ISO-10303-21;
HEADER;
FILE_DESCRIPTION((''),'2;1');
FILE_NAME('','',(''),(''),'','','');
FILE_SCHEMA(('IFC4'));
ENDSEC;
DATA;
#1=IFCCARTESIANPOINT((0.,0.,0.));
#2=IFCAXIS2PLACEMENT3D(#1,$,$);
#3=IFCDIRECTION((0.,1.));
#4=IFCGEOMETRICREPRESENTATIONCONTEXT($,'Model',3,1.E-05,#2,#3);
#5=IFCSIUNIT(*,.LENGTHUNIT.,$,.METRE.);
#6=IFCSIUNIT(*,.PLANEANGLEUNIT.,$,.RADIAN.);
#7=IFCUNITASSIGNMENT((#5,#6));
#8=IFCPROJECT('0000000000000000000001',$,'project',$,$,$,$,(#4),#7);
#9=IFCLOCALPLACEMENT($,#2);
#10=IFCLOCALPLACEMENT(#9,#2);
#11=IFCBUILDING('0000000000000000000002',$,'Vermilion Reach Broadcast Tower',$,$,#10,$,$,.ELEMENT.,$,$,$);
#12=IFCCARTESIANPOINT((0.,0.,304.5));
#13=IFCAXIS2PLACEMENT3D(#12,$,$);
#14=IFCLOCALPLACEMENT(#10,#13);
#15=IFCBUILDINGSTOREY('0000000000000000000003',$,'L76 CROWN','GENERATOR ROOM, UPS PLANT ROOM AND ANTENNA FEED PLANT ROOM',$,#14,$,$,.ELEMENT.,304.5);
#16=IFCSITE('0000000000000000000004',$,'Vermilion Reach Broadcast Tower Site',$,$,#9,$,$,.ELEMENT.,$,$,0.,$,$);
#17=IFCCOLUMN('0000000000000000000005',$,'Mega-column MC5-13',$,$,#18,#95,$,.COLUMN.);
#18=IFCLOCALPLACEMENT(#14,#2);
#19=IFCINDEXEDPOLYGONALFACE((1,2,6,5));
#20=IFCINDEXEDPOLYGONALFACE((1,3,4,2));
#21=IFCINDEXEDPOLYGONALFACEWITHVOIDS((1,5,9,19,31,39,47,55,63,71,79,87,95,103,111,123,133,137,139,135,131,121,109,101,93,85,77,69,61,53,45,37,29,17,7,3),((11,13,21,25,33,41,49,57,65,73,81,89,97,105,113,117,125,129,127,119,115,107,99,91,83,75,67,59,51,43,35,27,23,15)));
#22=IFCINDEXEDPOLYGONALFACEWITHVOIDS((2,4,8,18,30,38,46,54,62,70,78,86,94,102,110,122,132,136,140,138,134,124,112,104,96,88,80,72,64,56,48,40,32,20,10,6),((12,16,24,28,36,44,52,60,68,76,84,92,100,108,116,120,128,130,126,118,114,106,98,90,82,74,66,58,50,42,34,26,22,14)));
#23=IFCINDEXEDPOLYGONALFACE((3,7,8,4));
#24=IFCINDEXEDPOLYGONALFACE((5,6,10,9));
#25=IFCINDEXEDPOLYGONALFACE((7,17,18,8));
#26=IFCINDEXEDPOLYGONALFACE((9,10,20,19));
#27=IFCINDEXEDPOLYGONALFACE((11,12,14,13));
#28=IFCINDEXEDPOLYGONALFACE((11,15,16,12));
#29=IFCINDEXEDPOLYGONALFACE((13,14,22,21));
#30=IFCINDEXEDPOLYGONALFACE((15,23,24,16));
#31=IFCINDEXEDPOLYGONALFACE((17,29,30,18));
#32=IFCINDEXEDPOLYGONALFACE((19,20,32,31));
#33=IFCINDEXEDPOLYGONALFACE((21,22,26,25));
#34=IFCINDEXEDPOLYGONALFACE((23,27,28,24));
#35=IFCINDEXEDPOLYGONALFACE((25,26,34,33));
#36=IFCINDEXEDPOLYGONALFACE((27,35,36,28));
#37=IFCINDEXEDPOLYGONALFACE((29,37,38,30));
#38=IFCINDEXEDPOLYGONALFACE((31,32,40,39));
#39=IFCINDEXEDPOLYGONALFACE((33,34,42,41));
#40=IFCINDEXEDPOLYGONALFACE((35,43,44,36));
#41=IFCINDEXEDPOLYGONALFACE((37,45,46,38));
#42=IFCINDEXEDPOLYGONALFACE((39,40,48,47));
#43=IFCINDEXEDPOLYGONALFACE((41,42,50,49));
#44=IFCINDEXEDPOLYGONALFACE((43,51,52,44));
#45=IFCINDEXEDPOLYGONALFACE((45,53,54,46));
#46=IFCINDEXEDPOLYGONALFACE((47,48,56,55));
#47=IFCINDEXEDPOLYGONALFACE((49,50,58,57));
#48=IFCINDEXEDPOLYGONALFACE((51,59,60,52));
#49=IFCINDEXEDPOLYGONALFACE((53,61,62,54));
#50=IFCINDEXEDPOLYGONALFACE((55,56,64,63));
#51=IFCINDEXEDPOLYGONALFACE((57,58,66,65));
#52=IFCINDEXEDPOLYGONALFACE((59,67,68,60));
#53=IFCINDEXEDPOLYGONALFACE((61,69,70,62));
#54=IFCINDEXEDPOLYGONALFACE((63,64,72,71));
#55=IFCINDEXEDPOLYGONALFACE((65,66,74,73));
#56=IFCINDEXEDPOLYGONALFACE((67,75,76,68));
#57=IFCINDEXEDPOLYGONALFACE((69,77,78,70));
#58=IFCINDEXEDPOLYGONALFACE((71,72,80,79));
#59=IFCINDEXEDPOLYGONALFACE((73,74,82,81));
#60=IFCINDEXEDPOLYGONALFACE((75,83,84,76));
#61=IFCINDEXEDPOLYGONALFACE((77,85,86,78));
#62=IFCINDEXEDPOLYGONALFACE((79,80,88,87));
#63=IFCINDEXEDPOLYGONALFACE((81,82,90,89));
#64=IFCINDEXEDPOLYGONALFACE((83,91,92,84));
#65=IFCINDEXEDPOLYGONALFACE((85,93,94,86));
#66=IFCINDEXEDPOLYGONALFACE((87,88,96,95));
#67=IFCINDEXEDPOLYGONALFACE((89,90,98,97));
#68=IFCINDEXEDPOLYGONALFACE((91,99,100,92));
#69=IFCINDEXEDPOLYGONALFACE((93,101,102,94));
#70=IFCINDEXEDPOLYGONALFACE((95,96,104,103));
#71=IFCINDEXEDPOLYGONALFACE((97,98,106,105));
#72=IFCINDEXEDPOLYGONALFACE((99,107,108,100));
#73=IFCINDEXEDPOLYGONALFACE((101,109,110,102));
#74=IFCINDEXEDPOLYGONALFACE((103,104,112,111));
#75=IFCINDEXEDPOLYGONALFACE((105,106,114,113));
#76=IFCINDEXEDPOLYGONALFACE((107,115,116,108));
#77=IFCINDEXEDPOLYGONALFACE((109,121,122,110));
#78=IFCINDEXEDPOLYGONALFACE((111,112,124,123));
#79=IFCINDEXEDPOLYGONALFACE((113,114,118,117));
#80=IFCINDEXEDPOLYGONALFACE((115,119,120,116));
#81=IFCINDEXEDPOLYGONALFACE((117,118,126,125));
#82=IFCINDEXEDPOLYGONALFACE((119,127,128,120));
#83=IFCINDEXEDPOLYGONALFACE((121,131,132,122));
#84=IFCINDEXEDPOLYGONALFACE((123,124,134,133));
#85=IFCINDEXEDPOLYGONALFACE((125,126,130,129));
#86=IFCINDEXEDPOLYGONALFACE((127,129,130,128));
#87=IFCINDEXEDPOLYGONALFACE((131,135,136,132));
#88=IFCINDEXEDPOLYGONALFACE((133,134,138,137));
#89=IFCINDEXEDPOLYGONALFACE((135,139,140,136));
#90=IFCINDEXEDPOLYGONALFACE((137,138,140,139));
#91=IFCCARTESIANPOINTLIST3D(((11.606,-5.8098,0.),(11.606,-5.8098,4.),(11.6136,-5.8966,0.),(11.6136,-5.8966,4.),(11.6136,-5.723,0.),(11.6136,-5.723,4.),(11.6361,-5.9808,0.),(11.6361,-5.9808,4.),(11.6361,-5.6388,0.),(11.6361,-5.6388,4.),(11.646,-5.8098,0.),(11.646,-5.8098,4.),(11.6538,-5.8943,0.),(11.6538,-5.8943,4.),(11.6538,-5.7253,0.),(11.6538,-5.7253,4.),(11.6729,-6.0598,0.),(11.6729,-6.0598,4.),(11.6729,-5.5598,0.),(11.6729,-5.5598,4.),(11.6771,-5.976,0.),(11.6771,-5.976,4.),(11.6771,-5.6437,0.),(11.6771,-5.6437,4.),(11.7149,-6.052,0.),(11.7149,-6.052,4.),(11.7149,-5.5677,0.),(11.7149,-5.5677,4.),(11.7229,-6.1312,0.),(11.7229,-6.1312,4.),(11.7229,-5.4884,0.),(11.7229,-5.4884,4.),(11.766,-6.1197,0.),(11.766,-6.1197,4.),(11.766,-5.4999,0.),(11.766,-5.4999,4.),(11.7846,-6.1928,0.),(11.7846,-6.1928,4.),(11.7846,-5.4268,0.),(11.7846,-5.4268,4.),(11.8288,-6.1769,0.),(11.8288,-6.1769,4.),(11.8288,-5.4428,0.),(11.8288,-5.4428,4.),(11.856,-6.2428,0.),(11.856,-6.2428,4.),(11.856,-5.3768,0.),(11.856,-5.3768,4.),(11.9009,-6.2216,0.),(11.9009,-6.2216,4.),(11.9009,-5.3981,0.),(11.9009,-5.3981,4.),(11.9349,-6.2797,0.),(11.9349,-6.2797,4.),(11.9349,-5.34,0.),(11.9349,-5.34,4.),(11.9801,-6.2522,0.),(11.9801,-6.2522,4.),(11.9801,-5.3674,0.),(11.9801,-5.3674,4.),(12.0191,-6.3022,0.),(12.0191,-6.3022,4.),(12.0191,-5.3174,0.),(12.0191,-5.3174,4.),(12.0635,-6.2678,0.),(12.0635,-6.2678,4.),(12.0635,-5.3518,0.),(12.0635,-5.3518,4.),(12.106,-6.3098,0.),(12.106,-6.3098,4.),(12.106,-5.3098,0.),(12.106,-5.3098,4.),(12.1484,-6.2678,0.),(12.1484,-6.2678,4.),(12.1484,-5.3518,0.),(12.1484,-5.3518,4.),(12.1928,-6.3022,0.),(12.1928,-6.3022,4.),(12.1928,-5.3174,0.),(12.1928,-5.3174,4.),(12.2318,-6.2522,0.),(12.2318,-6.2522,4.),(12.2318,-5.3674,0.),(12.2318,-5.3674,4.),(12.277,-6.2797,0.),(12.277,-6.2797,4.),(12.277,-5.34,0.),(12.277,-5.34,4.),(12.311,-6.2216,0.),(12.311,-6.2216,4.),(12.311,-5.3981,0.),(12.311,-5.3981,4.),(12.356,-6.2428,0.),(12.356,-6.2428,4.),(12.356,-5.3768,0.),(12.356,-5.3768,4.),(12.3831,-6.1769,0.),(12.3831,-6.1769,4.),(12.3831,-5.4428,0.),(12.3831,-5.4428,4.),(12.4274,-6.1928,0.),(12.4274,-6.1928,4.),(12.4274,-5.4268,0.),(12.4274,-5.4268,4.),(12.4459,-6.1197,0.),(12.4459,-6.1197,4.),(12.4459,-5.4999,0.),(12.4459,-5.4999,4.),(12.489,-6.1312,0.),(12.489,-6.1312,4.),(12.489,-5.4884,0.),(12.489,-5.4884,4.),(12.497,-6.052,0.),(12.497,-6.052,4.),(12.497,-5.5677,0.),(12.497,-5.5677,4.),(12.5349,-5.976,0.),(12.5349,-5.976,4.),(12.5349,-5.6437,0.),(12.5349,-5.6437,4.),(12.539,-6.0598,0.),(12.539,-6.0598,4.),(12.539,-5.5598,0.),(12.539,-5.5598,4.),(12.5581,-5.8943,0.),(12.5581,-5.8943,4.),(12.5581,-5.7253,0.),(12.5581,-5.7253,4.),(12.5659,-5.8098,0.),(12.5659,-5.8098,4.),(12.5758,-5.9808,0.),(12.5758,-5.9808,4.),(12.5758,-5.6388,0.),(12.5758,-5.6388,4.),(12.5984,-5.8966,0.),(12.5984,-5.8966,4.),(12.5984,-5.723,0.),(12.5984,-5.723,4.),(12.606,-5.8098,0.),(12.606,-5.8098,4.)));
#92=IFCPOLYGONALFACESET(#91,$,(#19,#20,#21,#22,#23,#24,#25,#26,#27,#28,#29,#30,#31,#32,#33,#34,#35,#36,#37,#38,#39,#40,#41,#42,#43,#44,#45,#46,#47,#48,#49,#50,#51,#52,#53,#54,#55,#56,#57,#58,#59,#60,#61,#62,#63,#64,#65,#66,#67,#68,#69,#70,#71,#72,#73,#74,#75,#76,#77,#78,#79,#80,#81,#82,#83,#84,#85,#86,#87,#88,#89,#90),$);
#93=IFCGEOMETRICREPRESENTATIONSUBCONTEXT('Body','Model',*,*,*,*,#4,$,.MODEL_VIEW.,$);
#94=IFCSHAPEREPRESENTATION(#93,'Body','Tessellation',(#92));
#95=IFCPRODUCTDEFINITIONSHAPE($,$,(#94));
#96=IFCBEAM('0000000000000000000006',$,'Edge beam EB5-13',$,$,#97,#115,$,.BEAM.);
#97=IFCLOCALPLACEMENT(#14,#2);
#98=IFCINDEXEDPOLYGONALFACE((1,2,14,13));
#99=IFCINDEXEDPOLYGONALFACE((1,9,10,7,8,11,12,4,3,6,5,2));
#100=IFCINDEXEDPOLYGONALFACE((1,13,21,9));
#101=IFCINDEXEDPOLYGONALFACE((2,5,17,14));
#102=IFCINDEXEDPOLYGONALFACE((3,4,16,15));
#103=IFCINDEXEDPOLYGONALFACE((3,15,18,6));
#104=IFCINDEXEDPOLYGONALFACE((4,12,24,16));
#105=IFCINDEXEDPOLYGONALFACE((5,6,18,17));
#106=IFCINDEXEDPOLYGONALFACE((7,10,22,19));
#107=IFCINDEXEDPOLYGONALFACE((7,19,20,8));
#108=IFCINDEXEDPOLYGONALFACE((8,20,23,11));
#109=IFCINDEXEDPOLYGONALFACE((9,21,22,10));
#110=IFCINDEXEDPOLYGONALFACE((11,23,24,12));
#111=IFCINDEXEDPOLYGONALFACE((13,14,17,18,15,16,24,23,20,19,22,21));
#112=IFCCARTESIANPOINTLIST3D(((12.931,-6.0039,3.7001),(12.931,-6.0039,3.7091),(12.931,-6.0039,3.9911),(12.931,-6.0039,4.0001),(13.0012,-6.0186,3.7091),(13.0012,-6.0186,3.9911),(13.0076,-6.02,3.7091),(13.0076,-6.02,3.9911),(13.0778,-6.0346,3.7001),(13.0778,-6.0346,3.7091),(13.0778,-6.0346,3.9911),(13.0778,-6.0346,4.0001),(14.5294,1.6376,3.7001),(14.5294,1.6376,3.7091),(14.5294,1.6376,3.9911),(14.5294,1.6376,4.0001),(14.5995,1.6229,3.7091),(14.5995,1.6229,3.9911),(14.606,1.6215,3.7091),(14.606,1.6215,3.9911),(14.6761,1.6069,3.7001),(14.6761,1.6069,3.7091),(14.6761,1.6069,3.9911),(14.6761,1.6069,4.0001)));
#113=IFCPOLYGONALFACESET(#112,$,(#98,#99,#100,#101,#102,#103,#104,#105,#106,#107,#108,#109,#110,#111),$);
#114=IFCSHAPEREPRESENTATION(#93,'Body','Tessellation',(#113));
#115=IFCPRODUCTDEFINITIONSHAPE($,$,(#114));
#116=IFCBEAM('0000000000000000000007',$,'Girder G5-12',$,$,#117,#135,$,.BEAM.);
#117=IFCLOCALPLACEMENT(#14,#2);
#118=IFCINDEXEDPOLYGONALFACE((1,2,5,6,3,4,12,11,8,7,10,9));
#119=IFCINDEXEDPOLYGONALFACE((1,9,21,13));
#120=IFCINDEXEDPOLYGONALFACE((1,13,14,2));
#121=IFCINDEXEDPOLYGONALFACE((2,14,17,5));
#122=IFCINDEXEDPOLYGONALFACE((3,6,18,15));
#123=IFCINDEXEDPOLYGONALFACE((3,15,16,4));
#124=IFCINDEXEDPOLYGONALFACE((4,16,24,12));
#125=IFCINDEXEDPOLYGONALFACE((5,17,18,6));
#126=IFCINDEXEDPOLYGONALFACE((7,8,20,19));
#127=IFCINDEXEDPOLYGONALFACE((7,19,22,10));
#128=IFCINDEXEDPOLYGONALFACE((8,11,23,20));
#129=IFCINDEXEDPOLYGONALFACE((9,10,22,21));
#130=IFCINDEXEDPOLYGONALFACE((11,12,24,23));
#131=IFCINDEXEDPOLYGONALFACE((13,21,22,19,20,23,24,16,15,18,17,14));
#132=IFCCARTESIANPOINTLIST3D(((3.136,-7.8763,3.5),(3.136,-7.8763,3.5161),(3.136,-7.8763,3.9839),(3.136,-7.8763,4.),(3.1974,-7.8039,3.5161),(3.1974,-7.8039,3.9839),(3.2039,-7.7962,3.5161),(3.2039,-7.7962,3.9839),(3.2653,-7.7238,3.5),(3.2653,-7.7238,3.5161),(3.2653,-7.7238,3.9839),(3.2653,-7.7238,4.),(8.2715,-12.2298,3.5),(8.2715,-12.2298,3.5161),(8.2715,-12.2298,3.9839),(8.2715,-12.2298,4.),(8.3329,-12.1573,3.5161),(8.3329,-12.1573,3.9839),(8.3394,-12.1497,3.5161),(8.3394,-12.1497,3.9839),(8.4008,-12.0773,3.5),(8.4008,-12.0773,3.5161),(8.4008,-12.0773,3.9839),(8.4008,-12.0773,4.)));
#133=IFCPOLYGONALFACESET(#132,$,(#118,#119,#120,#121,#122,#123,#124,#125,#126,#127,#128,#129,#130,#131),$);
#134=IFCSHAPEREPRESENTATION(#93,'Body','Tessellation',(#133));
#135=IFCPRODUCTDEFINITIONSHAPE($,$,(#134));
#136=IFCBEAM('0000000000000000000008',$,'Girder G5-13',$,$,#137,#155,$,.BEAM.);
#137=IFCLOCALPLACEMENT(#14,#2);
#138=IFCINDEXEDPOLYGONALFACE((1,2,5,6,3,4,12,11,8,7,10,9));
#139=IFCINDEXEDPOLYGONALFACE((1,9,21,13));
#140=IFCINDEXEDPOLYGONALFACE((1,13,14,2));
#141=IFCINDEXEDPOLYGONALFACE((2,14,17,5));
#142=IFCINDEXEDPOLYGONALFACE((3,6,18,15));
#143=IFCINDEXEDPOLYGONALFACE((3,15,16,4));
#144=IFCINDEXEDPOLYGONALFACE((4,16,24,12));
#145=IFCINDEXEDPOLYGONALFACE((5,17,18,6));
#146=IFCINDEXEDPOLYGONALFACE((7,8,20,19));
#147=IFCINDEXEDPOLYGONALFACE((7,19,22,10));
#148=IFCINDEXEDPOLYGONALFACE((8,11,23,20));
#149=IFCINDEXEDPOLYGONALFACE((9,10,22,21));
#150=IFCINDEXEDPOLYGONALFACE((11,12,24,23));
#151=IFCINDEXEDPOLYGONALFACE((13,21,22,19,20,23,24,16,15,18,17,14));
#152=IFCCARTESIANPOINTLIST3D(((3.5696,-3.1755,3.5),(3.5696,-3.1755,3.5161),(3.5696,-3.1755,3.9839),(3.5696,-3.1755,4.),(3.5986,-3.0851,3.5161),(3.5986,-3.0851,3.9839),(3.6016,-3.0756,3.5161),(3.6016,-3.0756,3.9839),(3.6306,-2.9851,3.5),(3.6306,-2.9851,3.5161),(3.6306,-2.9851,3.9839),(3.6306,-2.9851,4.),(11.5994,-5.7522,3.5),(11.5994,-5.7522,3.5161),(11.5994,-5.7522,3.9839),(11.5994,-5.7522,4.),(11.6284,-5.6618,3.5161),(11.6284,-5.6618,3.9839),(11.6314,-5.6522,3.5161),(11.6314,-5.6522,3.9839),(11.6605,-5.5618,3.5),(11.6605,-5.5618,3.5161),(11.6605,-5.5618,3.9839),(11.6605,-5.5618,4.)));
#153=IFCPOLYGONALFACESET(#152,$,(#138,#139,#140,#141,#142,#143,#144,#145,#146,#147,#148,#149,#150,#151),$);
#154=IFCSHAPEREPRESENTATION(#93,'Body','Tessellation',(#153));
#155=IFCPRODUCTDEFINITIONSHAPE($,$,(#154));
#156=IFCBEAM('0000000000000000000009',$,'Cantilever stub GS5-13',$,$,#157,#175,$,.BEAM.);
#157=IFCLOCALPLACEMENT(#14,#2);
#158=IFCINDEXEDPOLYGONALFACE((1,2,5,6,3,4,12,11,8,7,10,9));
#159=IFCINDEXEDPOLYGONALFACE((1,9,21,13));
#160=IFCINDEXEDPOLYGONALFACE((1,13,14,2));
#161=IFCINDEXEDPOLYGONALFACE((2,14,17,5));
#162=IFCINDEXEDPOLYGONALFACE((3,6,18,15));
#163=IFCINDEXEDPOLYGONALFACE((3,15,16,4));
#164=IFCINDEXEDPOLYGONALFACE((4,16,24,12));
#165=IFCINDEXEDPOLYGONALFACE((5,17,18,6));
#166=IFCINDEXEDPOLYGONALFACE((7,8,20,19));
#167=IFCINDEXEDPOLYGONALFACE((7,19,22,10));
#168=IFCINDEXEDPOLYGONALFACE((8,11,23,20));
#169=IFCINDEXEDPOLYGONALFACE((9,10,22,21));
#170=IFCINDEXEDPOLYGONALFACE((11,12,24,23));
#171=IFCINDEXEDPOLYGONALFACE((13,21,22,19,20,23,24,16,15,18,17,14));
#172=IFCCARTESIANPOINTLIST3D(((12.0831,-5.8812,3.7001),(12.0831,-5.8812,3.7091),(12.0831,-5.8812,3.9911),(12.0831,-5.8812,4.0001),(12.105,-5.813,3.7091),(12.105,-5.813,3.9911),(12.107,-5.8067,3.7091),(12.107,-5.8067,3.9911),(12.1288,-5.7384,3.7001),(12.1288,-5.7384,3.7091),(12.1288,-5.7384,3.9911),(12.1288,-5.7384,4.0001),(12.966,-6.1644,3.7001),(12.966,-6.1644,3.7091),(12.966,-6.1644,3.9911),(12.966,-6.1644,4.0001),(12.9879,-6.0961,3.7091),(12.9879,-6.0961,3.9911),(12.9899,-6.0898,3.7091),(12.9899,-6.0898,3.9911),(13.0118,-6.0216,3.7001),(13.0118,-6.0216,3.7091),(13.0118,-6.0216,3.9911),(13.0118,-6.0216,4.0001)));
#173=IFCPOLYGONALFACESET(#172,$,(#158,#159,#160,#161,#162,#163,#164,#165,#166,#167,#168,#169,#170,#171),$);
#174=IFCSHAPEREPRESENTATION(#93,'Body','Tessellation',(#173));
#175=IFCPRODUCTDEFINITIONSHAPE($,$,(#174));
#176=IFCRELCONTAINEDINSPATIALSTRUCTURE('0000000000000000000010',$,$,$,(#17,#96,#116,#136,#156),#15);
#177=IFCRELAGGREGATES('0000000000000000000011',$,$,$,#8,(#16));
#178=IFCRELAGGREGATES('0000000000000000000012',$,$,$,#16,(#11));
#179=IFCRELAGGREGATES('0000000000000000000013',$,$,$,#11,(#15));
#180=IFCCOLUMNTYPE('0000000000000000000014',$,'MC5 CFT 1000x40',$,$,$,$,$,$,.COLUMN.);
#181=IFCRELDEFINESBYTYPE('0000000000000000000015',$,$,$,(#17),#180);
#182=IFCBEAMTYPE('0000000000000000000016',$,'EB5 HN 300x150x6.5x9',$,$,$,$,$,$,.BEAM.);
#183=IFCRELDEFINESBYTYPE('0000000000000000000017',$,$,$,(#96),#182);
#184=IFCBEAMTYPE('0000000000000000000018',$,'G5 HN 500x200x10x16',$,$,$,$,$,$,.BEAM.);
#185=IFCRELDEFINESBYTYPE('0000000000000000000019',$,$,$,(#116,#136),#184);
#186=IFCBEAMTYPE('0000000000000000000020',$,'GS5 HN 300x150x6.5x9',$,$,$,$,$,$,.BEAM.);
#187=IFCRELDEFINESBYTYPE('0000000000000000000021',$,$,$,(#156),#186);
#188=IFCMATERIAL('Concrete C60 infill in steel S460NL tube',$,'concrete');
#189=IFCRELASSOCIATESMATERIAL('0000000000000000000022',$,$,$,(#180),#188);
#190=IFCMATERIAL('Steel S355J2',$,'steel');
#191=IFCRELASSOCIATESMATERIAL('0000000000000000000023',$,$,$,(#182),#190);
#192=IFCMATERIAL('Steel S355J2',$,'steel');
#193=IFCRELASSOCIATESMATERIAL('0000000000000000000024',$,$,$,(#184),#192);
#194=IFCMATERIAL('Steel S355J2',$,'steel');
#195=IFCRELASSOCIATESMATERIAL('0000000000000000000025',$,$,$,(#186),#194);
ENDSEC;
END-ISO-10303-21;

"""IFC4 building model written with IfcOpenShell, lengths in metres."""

from ifc_helpers import new_model, si_unit, direction, frame, origin, origin_2d, place, context, subcontext, project, spatial, hollow_circle, i_section, extrude, material, material_profile, profile_set, type_object, element, save


model = new_model("IFC4")

# Units and contexts
model_context = context("Model", 3, precision=1e-05, world=origin(), true_north=direction((0.0, 1.0)))
body_context = subcontext(model_context, "Body", "Model", "MODEL_VIEW")
ifc_project = project(units=[si_unit("LENGTHUNIT", "METRE"), si_unit("PLANEANGLEUNIT", "RADIAN")], contexts=[model_context])

# Site, building, storey
site_placement = place(None, origin())
site = spatial("IfcSite", under=ifc_project, at=site_placement, Name="Vermilion Reach Broadcast Tower Site", CompositionType="ELEMENT", RefElevation=0.0)
building_placement = place(site_placement, origin())
building = spatial("IfcBuilding", under=site, at=building_placement, Name="Vermilion Reach Broadcast Tower", CompositionType="ELEMENT")
storey_placement = place(building_placement, frame((0.0, 0.0, 304.5)))
storey = spatial("IfcBuildingStorey", under=building, at=storey_placement, Name="L76 CROWN", Description="GENERATOR ROOM, UPS PLANT ROOM AND ANTENNA FEED PLANT ROOM", CompositionType="ELEMENT", Elevation=304.5)

# Column
ifc_material_1 = material(Name="Concrete C60 infill in steel S460NL tube", Category="concrete")
ifc_material_profile_1 = material_profile(ifc_material_1, hollow_circle(Radius=0.5, WallThickness=0.04, at=origin_2d()), Name="Concrete C60 infill in steel S460NL tube CFT 1000x40")
ifc_profile_set_1 = profile_set([ifc_material_profile_1], Name="Concrete C60 infill in steel S460NL tube")
column_type = type_object("IfcColumnType", Name="MC5 CFT 1000x40", PredefinedType="COLUMN", material=ifc_profile_set_1)
column_placement = place(storey_placement, frame((12.106, -5.8098, 0.0), z_axis=(0.0, 0.0, 1.0), x_axis=(1.0, 0.0, 0.0)))
element("IfcColumn", 1, at=column_placement, inside=storey, type_object=column_type, Name="Mega-column MC5-13", PredefinedType="COLUMN", context=body_context, shape_type="SweptSolid", body=[
    extrude(hollow_circle(Radius=0.5, WallThickness=0.04, at=origin_2d()), origin(), (0.0, 0.0, 1.0), 4.0),
])

# Beams
ifc_material_2 = material(Name="Steel S355J2", Category="steel")
ifc_material_profile_2 = material_profile(ifc_material_2, i_section(OverallWidth=0.1499, OverallDepth=0.3, WebThickness=0.0066, FlangeThickness=0.009, at=origin_2d()), Name="S355J2 HN 300x150x6.5x9")
ifc_profile_set_2 = profile_set([ifc_material_profile_2], Name="Steel S355J2")
beam_type_1 = type_object("IfcBeamType", Name="EB5 HN 300x150x6.5x9", PredefinedType="BEAM", material=ifc_profile_set_2)
beam_1_placement = place(storey_placement, frame((13.0044, -6.0193, 3.8501), z_axis=(0.204738, 0.978817, 0.0), x_axis=(-0.978817, 0.204738, 0.0)))
element("IfcBeam", 2, at=beam_1_placement, inside=storey, type_object=beam_type_1, Name="Edge beam EB5-13", PredefinedType="BEAM", context=body_context, shape_type="SweptSolid", body=[
    extrude(i_section(OverallWidth=0.1499, OverallDepth=0.3, WebThickness=0.0066, FlangeThickness=0.009, at=origin_2d()), origin(), (0.0, 0.0, 1.0), 7.8069),
])
ifc_material_3 = material(Name="Steel S355J2", Category="steel")
ifc_material_profile_3 = material_profile(ifc_material_3, i_section(OverallWidth=0.2, OverallDepth=0.5, WebThickness=0.01, FlangeThickness=0.0161, at=origin_2d()), Name="S355J2 HN 500x200x10x16")
ifc_profile_set_3 = profile_set([ifc_material_profile_3], Name="Steel S355J2")
beam_type_2 = type_object("IfcBeamType", Name="G5 HN 500x200x10x16", PredefinedType="BEAM", material=ifc_profile_set_3)
beam_2_placement = place(storey_placement, frame((3.2007, -7.8, 3.75), z_axis=(0.762793, -0.646643, 0.0), x_axis=(0.646643, 0.762793, 0.0)))
element("IfcBeam", 3, at=beam_2_placement, inside=storey, type_object=beam_type_2, Name="Girder G5-12", PredefinedType="BEAM", context=body_context, shape_type="SweptSolid", body=[
    extrude(i_section(OverallWidth=0.2, OverallDepth=0.5, WebThickness=0.01, FlangeThickness=0.0161, at=origin_2d()), origin(), (0.0, 0.0, 1.0), 6.7324),
])
beam_3_placement = place(storey_placement, frame((3.6001, -3.0803, 3.75), z_axis=(0.952178, -0.305542, 0.0), x_axis=(0.305542, 0.952178, 0.0)))
element("IfcBeam", 4, at=beam_3_placement, inside=storey, type_object=beam_type_2, Name="Girder G5-13", PredefinedType="BEAM", context=body_context, shape_type="SweptSolid", body=[
    extrude(i_section(OverallWidth=0.2, OverallDepth=0.5, WebThickness=0.01, FlangeThickness=0.0161, at=origin_2d()), origin(), (0.0, 0.0, 1.0), 8.4331),
])
ifc_material_4 = material(Name="Steel S355J2", Category="steel")
ifc_material_profile_4 = material_profile(ifc_material_4, i_section(OverallWidth=0.1499, OverallDepth=0.3, WebThickness=0.0066, FlangeThickness=0.009, at=origin_2d()), Name="S355J2 HN 300x150x6.5x9")
ifc_profile_set_4 = profile_set([ifc_material_profile_4], Name="Steel S355J2")
beam_type_3 = type_object("IfcBeamType", Name="GS5 HN 300x150x6.5x9", PredefinedType="BEAM", material=ifc_profile_set_4)
beam_4_placement = place(storey_placement, frame((12.106, -5.8098, 3.8501), z_axis=(0.952228, -0.305387, 0.0), x_axis=(0.305387, 0.952228, 0.0)))
element("IfcBeam", 5, at=beam_4_placement, inside=storey, type_object=beam_type_3, Name="Cantilever stub GS5-13", PredefinedType="BEAM", context=body_context, shape_type="SweptSolid", body=[
    extrude(i_section(OverallWidth=0.1499, OverallDepth=0.3, WebThickness=0.0066, FlangeThickness=0.009, at=origin_2d()), origin(), (0.0, 0.0, 1.0), 0.9272),
])

save(model, "model.ifc")
